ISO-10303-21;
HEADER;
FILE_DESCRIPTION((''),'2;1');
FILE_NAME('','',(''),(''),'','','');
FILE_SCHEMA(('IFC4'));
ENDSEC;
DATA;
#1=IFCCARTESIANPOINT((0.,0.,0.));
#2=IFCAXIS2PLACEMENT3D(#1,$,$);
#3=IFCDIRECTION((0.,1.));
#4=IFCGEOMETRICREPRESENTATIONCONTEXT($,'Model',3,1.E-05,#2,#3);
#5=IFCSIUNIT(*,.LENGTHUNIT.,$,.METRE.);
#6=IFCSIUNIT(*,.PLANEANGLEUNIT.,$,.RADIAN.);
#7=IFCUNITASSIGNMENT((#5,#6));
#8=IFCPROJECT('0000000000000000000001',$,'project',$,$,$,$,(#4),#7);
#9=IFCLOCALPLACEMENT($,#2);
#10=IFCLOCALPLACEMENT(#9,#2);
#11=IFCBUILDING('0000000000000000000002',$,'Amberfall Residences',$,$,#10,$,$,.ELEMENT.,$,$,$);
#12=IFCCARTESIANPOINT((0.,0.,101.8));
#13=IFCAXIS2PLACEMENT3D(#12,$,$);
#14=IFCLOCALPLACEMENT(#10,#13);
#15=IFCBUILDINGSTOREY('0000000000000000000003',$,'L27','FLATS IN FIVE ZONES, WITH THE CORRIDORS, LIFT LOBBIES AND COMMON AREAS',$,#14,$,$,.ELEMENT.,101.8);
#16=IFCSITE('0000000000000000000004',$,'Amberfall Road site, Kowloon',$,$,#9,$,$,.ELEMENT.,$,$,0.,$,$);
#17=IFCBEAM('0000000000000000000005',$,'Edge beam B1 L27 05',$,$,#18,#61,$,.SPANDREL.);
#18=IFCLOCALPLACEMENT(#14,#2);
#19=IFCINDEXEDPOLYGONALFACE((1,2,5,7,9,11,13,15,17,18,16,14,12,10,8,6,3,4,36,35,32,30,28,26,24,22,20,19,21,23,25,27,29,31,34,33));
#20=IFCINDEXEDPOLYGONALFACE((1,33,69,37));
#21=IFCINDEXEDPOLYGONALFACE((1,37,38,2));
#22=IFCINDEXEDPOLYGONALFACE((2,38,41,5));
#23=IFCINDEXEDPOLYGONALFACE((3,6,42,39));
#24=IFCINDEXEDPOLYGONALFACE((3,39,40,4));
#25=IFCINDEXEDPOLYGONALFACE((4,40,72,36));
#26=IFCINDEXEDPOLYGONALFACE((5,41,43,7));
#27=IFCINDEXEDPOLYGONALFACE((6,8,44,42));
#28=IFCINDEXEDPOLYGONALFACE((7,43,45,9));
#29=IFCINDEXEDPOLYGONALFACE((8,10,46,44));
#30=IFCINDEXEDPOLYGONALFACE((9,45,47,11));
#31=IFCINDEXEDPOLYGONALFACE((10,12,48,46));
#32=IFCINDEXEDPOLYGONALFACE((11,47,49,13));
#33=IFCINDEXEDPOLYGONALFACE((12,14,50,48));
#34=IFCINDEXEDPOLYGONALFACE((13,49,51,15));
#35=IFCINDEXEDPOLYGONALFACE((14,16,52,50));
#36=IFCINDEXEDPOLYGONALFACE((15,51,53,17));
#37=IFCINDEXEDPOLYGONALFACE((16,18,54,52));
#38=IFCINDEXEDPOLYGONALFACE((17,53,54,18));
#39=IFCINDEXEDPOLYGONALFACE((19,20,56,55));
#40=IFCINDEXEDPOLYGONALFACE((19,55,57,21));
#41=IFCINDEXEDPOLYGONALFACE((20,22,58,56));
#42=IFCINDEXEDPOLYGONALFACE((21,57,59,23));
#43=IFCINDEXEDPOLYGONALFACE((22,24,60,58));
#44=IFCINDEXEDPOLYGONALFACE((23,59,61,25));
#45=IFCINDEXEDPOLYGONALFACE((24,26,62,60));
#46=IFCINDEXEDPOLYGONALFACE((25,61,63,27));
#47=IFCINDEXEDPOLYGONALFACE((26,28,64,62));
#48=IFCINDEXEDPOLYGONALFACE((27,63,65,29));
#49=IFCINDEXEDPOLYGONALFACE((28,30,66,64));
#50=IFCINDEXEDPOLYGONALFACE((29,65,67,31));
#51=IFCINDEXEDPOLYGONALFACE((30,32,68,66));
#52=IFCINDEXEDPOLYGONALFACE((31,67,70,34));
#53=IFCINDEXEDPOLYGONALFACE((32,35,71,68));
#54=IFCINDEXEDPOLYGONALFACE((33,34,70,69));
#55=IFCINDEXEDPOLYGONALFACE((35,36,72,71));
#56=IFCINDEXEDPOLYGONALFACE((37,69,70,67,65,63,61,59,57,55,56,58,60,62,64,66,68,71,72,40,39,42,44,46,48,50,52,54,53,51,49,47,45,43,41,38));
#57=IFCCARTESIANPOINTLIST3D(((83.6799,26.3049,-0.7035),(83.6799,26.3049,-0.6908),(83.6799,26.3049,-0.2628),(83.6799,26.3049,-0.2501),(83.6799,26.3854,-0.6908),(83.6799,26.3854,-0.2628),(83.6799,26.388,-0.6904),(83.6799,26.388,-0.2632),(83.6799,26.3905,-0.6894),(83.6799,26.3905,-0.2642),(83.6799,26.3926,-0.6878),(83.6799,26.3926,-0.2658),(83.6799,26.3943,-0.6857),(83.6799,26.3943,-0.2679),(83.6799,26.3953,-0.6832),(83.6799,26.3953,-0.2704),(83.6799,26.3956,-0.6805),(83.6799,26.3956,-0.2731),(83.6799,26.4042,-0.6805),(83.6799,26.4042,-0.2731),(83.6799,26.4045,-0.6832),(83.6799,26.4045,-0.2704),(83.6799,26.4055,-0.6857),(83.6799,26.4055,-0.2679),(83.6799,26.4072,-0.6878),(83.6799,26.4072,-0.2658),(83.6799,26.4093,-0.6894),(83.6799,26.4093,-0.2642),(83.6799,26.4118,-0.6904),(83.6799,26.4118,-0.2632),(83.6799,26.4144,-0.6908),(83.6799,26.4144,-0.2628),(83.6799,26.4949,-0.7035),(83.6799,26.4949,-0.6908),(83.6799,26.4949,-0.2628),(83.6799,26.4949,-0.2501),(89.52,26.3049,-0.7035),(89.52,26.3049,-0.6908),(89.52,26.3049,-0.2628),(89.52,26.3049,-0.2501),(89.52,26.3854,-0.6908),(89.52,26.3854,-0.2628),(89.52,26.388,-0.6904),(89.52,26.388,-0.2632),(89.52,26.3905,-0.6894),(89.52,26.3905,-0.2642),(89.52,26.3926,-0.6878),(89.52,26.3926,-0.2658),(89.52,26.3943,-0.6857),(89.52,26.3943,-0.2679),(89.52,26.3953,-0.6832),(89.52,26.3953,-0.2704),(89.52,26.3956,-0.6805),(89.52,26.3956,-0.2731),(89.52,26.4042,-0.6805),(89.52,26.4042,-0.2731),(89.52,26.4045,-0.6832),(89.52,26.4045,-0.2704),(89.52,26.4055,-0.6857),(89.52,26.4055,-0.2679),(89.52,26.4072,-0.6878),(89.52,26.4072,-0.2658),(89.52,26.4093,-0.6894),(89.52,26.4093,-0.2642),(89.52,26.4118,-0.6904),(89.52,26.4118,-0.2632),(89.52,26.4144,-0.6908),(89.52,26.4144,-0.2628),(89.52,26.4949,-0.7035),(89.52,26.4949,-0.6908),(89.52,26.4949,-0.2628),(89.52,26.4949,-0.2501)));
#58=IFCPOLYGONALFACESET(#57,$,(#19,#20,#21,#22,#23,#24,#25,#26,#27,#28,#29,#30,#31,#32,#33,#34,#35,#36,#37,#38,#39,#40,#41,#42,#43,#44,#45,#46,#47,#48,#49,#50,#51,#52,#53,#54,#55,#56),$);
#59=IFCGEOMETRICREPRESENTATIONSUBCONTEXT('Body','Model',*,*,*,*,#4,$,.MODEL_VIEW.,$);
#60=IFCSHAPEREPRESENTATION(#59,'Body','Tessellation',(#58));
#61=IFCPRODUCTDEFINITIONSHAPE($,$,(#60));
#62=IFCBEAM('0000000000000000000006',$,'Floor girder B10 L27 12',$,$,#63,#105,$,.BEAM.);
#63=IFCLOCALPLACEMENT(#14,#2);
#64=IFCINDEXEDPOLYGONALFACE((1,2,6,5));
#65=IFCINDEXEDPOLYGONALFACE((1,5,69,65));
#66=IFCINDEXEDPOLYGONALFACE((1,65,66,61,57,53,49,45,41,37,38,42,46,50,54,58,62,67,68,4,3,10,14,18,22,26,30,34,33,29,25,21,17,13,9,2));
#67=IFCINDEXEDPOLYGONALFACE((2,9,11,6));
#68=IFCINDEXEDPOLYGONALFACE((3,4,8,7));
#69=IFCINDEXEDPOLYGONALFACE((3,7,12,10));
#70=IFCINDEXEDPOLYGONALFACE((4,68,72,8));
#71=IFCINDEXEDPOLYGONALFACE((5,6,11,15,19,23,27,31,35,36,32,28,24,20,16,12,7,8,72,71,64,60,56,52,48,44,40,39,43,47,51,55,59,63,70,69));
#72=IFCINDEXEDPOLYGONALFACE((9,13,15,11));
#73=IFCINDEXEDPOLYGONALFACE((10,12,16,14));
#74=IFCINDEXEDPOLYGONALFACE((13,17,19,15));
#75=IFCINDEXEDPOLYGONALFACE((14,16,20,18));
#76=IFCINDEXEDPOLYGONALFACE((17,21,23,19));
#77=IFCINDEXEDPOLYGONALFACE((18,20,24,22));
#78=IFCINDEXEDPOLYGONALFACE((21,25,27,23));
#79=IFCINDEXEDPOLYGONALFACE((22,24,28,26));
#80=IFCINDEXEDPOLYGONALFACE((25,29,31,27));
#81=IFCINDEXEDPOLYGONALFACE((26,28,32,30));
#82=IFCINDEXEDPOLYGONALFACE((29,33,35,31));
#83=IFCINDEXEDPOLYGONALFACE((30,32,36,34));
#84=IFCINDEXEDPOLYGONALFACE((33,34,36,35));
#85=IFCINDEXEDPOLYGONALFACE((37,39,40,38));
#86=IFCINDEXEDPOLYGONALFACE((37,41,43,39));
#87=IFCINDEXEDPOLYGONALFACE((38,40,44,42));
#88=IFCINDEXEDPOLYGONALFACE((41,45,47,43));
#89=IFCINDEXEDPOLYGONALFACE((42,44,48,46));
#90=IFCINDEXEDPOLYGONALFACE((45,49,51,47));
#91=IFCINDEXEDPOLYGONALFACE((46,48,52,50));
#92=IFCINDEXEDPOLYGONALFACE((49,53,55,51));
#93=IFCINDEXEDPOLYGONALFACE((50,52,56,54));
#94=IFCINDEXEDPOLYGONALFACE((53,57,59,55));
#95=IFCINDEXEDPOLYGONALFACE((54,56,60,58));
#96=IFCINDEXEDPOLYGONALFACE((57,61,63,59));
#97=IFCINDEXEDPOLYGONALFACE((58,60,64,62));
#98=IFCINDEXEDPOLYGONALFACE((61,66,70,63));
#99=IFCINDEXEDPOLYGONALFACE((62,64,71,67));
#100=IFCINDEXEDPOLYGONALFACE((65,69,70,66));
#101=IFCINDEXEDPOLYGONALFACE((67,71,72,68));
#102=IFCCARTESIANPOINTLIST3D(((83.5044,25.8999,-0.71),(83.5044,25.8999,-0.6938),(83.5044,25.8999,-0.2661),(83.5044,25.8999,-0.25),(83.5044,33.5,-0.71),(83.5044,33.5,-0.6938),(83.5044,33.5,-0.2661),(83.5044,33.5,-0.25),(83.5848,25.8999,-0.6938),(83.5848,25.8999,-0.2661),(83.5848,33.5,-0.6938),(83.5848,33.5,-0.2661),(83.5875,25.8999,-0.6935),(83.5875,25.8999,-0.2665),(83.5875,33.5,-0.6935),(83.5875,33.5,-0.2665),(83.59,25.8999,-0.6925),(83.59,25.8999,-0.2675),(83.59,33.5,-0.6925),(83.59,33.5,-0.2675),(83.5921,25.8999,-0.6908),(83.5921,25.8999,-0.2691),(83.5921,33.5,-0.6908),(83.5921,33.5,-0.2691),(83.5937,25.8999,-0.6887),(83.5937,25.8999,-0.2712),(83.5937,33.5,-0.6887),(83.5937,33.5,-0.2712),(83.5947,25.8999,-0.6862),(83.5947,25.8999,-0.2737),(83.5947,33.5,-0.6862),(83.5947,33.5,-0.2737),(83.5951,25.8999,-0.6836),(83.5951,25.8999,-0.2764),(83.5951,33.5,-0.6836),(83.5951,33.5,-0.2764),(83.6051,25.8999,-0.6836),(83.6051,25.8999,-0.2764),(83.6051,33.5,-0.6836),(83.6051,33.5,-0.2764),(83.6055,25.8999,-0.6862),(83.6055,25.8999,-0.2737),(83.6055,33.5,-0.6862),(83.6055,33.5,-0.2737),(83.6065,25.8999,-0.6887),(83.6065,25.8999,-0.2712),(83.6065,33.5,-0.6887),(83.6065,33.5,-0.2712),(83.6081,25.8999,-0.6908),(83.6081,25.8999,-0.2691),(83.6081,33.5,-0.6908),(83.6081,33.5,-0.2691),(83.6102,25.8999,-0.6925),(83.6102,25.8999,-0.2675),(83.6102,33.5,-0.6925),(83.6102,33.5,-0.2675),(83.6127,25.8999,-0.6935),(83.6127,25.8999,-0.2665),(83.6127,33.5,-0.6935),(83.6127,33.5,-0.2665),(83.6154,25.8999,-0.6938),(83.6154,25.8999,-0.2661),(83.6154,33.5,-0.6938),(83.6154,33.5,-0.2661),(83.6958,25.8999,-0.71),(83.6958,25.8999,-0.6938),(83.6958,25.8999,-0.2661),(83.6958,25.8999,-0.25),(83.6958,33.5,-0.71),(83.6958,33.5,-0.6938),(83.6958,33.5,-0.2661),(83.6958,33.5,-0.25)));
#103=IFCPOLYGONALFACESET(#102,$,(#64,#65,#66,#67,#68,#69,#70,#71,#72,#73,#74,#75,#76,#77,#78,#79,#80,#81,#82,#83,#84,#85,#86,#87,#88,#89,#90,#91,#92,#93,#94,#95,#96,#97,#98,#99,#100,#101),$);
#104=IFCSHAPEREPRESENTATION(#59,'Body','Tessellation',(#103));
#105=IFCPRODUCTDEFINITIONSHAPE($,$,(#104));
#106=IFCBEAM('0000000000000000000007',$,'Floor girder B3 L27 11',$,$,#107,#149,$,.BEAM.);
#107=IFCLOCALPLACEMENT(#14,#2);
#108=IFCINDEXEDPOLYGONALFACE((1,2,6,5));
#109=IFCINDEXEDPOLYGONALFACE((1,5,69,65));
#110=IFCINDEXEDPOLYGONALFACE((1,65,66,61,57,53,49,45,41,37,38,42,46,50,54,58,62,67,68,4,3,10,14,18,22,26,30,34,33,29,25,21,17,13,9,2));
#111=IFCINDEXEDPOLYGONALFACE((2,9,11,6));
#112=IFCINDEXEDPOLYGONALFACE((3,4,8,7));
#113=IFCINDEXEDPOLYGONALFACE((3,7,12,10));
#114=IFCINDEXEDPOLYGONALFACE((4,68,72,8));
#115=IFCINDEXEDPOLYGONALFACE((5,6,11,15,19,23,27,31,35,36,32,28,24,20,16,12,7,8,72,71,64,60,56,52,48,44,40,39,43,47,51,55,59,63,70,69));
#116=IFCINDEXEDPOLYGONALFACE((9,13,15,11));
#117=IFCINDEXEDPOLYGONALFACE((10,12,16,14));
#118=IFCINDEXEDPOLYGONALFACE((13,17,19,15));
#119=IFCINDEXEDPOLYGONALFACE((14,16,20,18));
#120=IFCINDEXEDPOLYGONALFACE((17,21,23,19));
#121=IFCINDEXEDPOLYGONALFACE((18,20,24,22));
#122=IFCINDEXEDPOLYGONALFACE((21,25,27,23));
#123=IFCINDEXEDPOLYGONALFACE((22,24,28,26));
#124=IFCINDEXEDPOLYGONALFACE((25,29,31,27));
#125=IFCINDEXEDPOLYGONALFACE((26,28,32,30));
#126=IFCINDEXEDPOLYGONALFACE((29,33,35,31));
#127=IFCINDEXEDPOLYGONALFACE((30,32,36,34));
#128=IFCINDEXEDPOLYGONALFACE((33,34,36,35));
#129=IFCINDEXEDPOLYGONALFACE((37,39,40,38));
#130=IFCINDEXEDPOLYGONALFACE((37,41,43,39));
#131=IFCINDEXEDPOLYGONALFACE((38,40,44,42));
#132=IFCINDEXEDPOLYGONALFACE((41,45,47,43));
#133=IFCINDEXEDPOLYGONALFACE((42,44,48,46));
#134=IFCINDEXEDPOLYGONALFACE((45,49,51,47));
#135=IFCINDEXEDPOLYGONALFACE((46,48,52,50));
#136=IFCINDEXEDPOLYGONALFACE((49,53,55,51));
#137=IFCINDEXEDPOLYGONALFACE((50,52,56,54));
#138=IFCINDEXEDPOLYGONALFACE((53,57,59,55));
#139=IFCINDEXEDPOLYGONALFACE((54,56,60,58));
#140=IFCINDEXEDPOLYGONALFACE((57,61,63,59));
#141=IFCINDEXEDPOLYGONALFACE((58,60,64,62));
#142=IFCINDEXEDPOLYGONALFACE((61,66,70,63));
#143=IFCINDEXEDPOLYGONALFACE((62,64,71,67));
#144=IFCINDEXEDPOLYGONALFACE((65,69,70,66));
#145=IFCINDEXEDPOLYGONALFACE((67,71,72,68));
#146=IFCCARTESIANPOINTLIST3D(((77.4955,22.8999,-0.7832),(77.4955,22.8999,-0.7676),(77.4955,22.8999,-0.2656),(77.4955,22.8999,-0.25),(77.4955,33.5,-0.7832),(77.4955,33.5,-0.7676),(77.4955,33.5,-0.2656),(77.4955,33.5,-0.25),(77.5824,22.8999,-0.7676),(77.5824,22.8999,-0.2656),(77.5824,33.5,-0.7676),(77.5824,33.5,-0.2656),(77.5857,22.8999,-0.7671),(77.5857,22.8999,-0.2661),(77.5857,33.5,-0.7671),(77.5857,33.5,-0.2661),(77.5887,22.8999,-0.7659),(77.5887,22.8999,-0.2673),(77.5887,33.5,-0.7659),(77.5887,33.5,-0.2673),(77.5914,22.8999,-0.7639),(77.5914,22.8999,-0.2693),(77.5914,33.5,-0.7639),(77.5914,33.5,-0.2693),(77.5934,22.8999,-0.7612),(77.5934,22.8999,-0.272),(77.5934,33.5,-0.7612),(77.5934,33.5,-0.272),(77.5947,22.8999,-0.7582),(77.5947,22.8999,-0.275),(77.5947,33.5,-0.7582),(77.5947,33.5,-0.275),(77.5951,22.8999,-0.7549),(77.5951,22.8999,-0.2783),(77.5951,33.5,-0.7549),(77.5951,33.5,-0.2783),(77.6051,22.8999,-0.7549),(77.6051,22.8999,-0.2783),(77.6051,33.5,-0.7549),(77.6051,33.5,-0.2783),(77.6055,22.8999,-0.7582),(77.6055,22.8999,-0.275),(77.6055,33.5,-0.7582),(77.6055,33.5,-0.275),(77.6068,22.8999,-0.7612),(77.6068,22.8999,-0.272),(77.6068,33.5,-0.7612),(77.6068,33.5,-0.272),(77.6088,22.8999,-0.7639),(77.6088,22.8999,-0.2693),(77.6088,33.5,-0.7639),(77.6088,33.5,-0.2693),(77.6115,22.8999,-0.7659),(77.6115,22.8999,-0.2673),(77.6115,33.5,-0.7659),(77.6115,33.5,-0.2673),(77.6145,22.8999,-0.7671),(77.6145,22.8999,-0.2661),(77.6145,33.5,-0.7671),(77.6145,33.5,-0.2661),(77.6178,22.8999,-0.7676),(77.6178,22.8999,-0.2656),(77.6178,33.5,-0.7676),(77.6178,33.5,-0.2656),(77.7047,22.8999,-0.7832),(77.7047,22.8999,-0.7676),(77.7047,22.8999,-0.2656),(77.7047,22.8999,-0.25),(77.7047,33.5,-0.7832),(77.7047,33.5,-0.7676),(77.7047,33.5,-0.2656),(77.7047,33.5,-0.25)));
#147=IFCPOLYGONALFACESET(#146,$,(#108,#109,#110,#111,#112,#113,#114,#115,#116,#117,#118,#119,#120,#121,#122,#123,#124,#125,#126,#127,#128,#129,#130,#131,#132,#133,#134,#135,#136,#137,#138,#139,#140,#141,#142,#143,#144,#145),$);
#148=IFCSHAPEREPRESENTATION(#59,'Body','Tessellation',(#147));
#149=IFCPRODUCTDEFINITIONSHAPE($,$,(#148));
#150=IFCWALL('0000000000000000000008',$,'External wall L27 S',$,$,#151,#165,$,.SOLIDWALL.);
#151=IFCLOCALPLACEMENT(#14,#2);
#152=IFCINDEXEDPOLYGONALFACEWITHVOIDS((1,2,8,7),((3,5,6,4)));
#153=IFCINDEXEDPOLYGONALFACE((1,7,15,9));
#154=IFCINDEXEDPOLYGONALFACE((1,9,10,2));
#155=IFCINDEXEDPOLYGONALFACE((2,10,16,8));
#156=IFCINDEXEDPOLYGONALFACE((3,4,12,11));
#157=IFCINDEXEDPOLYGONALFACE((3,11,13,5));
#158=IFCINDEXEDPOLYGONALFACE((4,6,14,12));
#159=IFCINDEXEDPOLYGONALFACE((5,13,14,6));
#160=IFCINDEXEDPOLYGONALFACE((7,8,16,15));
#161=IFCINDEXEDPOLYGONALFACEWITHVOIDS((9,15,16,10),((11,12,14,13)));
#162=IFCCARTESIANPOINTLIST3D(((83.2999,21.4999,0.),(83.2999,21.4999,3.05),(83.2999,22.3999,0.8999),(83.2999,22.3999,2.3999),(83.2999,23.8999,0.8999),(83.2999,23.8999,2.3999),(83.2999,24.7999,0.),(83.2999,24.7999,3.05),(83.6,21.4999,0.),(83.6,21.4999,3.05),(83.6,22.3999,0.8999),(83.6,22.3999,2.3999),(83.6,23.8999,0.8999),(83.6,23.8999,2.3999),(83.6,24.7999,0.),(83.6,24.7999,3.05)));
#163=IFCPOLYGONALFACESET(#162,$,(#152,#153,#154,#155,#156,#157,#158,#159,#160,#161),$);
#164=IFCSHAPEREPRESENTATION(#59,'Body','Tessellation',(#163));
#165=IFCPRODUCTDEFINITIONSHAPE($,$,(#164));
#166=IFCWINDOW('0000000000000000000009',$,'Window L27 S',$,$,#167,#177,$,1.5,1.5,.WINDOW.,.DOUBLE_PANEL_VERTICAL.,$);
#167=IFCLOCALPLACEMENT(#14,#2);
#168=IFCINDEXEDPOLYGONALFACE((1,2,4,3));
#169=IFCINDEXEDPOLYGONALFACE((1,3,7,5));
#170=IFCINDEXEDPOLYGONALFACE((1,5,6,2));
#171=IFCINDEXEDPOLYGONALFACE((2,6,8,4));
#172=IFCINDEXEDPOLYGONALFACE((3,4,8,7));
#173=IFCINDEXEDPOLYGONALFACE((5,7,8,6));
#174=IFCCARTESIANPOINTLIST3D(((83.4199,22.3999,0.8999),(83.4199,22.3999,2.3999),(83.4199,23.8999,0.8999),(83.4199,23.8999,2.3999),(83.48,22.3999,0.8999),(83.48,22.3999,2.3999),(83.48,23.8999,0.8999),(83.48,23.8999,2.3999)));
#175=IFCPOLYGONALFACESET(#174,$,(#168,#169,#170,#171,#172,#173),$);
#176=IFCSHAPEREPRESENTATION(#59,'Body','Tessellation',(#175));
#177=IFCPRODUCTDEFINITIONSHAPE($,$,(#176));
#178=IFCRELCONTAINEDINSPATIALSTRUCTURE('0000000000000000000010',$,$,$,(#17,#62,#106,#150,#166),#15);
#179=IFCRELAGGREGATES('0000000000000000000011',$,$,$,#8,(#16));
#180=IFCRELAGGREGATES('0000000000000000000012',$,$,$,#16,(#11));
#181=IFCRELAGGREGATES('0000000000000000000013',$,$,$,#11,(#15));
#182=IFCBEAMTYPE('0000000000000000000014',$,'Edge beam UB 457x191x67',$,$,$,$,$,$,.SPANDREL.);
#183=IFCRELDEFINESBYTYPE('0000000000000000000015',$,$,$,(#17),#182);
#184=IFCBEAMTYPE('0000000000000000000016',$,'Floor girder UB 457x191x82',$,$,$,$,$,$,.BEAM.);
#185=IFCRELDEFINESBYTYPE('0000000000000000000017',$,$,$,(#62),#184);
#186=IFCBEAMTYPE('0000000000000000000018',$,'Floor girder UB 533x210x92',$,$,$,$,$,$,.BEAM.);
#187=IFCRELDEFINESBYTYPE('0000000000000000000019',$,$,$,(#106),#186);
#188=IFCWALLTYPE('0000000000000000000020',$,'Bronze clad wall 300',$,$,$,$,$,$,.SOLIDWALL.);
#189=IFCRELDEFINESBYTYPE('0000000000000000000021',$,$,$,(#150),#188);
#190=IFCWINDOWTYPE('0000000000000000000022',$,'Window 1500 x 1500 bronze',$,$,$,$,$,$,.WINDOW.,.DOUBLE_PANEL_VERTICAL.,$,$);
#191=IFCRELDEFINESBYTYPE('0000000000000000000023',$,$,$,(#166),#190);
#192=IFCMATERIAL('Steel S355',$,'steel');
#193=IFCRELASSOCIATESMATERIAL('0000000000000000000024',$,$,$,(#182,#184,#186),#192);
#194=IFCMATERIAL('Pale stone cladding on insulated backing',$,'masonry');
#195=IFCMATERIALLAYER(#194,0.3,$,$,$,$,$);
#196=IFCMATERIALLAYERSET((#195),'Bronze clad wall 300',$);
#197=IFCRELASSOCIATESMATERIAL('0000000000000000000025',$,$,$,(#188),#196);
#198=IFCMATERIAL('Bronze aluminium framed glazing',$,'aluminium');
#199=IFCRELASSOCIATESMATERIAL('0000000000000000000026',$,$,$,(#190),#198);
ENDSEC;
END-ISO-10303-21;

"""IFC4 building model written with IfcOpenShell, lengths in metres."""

from ifc_helpers import new_model, si_unit, direction, frame, frame_2d, origin, origin_2d, place, context, subcontext, project, spatial, rectangle, i_section, extrude, material, layer, layer_set, material_profile, profile_set, type_object, element, fill, save


model = new_model("IFC4")

# Units and contexts
model_context = context("Model", 3, precision=1e-05, world=origin(), true_north=direction((0.0, 1.0)))
body_context = subcontext(model_context, "Body", "Model", "MODEL_VIEW")
ifc_project = project(units=[si_unit("LENGTHUNIT", "METRE"), si_unit("PLANEANGLEUNIT", "RADIAN")], contexts=[model_context])

# Site, building, storey
site_placement = place(None, origin())
site = spatial("IfcSite", under=ifc_project, at=site_placement, Name="Amberfall Road site, Kowloon", CompositionType="ELEMENT", RefElevation=0.0)
building_placement = place(site_placement, origin())
building = spatial("IfcBuilding", under=site, at=building_placement, Name="Amberfall Residences", CompositionType="ELEMENT")
storey_placement = place(building_placement, frame((0.0, 0.0, 101.8)))
storey = spatial("IfcBuildingStorey", under=building, at=storey_placement, Name="L27", Description="FLATS IN FIVE ZONES, WITH THE CORRIDORS, LIFT LOBBIES AND COMMON AREAS", CompositionType="ELEMENT", Elevation=101.8)

# Beams
ifc_material_1 = material(Name="Steel S355", Category="steel")
ifc_material_profile_1 = material_profile(ifc_material_1, i_section(OverallWidth=0.1899, OverallDepth=0.4534, WebThickness=0.0085, FlangeThickness=0.0127, FilletRadius=0.0103, at=origin_2d()), Name="UB 457x191x67")
ifc_profile_set_1 = profile_set([ifc_material_profile_1], Name="Steel S355")
beam_type_1 = type_object("IfcBeamType", Name="Edge beam UB 457x191x67", PredefinedType="SPANDREL", material=ifc_profile_set_1)
beam_1_placement = place(storey_placement, frame((83.6799, 26.3999, -0.4768), z_axis=(1.0, 0.0, 0.0), x_axis=(0.0, 1.0, 0.0)))
element("IfcBeam", 1, at=beam_1_placement, inside=storey, type_object=beam_type_1, Name="Edge beam B1 L27 05", PredefinedType="SPANDREL", context=body_context, shape_type="SweptSolid", body=[
    extrude(i_section(OverallWidth=0.1899, OverallDepth=0.4534, WebThickness=0.0085, FlangeThickness=0.0127, FilletRadius=0.0103, at=origin_2d()), origin(), (0.0, 0.0, 1.0), 5.8401),
])
ifc_material_profile_2 = material_profile(ifc_material_1, i_section(OverallWidth=0.1914, OverallDepth=0.46, WebThickness=0.01, FlangeThickness=0.0161, FilletRadius=0.0103, at=origin_2d()), Name="UB 457x191x82")
ifc_profile_set_2 = profile_set([ifc_material_profile_2], Name="Steel S355")
beam_type_2 = type_object("IfcBeamType", Name="Floor girder UB 457x191x82", PredefinedType="BEAM", material=ifc_profile_set_2)
beam_2_placement = place(storey_placement, frame((83.6001, 25.8999, -0.48), z_axis=(0.0, 1.0, 0.0), x_axis=(-1.0, 0.0, 0.0)))
element("IfcBeam", 2, at=beam_2_placement, inside=storey, type_object=beam_type_2, Name="Floor girder B10 L27 12", PredefinedType="BEAM", context=body_context, shape_type="SweptSolid", body=[
    extrude(i_section(OverallWidth=0.1914, OverallDepth=0.46, WebThickness=0.01, FlangeThickness=0.0161, FilletRadius=0.0103, at=origin_2d()), origin(), (0.0, 0.0, 1.0), 7.6001),
])
ifc_material_profile_3 = material_profile(ifc_material_1, i_section(OverallWidth=0.2092, OverallDepth=0.5332, WebThickness=0.01, FlangeThickness=0.0156, FilletRadius=0.0127, at=origin_2d()), Name="UB 533x210x92")
ifc_profile_set_3 = profile_set([ifc_material_profile_3], Name="Steel S355")
beam_type_3 = type_object("IfcBeamType", Name="Floor girder UB 533x210x92", PredefinedType="BEAM", material=ifc_profile_set_3)
beam_3_placement = place(storey_placement, frame((77.6001, 22.8999, -0.5166), z_axis=(0.0, 1.0, 0.0), x_axis=(-1.0, 0.0, 0.0)))
element("IfcBeam", 3, at=beam_3_placement, inside=storey, type_object=beam_type_3, Name="Floor girder B3 L27 11", PredefinedType="BEAM", context=body_context, shape_type="SweptSolid", body=[
    extrude(i_section(OverallWidth=0.2092, OverallDepth=0.5332, WebThickness=0.01, FlangeThickness=0.0156, FilletRadius=0.0127, at=origin_2d()), origin(), (0.0, 0.0, 1.0), 10.6001),
])

# Wall, opening, window
ifc_material_2 = material(Name="Pale stone cladding on insulated backing", Category="masonry")
ifc_layer_1 = layer(ifc_material_2, 0.3)
ifc_layer_set_1 = layer_set([ifc_layer_1], Name="Bronze clad wall 300")
wall_type_1 = type_object("IfcWallType", Name="Bronze clad wall 300", PredefinedType="SOLIDWALL", material=ifc_layer_set_1)
wall_1_placement = place(storey_placement, frame((83.45, 21.5, 0.0), z_axis=(0.0, 0.0, 1.0), x_axis=(0.0, 1.0, 0.0)))
wall_1 = element("IfcWall", 4, at=wall_1_placement, inside=storey, type_object=wall_type_1, Name="External wall L27 S", PredefinedType="SOLIDWALL", context=body_context, shape_type="SweptSolid", body=[
    extrude(rectangle(XDim=3.3, YDim=0.3, at=frame_2d((1.6499, 0.0))), origin(), (0.0, 0.0, 1.0), 3.05),
])
opening_1_placement = place(wall_1_placement, frame((0.8999, 0.0, 0.8999)))
opening_1 = element("IfcOpeningElement", 5, at=opening_1_placement, cuts=wall_1, PredefinedType="OPENING", context=body_context, shape_type="SweptSolid", body=[
    extrude(rectangle(XDim=1.5, YDim=1.5, at=frame_2d((0.75, 0.75))), frame((0.0, 0.1599, 0.0), z_axis=(0.0, -1.0, 0.0), x_axis=(1.0, 0.0, 0.0)), (0.0, 0.0, 1.0), 0.3201),
])
ifc_material_3 = material(Name="Bronze aluminium framed glazing", Category="aluminium")
window_type_1 = type_object("IfcWindowType", Name="Window 1500 x 1500 bronze", PartitioningType="DOUBLE_PANEL_VERTICAL", PredefinedType="WINDOW", material=ifc_material_3)
window_1_placement = place(opening_1_placement, origin())
window_1 = element("IfcWindow", 6, at=window_1_placement, inside=storey, type_object=window_type_1, Name="Window L27 S", OverallHeight=1.5, OverallWidth=1.5, PartitioningType="DOUBLE_PANEL_VERTICAL", PredefinedType="WINDOW", context=body_context, shape_type="SweptSolid", body=[
    extrude(rectangle(XDim=1.5, YDim=1.5, at=frame_2d((0.75, 0.75))), frame((0.0, 0.03, 0.0), z_axis=(0.0, -1.0, 0.0), x_axis=(1.0, 0.0, 0.0)), (0.0, 0.0, 1.0), 0.0601),
])
fill(opening_1, window_1)

save(model, "model.ifc")
